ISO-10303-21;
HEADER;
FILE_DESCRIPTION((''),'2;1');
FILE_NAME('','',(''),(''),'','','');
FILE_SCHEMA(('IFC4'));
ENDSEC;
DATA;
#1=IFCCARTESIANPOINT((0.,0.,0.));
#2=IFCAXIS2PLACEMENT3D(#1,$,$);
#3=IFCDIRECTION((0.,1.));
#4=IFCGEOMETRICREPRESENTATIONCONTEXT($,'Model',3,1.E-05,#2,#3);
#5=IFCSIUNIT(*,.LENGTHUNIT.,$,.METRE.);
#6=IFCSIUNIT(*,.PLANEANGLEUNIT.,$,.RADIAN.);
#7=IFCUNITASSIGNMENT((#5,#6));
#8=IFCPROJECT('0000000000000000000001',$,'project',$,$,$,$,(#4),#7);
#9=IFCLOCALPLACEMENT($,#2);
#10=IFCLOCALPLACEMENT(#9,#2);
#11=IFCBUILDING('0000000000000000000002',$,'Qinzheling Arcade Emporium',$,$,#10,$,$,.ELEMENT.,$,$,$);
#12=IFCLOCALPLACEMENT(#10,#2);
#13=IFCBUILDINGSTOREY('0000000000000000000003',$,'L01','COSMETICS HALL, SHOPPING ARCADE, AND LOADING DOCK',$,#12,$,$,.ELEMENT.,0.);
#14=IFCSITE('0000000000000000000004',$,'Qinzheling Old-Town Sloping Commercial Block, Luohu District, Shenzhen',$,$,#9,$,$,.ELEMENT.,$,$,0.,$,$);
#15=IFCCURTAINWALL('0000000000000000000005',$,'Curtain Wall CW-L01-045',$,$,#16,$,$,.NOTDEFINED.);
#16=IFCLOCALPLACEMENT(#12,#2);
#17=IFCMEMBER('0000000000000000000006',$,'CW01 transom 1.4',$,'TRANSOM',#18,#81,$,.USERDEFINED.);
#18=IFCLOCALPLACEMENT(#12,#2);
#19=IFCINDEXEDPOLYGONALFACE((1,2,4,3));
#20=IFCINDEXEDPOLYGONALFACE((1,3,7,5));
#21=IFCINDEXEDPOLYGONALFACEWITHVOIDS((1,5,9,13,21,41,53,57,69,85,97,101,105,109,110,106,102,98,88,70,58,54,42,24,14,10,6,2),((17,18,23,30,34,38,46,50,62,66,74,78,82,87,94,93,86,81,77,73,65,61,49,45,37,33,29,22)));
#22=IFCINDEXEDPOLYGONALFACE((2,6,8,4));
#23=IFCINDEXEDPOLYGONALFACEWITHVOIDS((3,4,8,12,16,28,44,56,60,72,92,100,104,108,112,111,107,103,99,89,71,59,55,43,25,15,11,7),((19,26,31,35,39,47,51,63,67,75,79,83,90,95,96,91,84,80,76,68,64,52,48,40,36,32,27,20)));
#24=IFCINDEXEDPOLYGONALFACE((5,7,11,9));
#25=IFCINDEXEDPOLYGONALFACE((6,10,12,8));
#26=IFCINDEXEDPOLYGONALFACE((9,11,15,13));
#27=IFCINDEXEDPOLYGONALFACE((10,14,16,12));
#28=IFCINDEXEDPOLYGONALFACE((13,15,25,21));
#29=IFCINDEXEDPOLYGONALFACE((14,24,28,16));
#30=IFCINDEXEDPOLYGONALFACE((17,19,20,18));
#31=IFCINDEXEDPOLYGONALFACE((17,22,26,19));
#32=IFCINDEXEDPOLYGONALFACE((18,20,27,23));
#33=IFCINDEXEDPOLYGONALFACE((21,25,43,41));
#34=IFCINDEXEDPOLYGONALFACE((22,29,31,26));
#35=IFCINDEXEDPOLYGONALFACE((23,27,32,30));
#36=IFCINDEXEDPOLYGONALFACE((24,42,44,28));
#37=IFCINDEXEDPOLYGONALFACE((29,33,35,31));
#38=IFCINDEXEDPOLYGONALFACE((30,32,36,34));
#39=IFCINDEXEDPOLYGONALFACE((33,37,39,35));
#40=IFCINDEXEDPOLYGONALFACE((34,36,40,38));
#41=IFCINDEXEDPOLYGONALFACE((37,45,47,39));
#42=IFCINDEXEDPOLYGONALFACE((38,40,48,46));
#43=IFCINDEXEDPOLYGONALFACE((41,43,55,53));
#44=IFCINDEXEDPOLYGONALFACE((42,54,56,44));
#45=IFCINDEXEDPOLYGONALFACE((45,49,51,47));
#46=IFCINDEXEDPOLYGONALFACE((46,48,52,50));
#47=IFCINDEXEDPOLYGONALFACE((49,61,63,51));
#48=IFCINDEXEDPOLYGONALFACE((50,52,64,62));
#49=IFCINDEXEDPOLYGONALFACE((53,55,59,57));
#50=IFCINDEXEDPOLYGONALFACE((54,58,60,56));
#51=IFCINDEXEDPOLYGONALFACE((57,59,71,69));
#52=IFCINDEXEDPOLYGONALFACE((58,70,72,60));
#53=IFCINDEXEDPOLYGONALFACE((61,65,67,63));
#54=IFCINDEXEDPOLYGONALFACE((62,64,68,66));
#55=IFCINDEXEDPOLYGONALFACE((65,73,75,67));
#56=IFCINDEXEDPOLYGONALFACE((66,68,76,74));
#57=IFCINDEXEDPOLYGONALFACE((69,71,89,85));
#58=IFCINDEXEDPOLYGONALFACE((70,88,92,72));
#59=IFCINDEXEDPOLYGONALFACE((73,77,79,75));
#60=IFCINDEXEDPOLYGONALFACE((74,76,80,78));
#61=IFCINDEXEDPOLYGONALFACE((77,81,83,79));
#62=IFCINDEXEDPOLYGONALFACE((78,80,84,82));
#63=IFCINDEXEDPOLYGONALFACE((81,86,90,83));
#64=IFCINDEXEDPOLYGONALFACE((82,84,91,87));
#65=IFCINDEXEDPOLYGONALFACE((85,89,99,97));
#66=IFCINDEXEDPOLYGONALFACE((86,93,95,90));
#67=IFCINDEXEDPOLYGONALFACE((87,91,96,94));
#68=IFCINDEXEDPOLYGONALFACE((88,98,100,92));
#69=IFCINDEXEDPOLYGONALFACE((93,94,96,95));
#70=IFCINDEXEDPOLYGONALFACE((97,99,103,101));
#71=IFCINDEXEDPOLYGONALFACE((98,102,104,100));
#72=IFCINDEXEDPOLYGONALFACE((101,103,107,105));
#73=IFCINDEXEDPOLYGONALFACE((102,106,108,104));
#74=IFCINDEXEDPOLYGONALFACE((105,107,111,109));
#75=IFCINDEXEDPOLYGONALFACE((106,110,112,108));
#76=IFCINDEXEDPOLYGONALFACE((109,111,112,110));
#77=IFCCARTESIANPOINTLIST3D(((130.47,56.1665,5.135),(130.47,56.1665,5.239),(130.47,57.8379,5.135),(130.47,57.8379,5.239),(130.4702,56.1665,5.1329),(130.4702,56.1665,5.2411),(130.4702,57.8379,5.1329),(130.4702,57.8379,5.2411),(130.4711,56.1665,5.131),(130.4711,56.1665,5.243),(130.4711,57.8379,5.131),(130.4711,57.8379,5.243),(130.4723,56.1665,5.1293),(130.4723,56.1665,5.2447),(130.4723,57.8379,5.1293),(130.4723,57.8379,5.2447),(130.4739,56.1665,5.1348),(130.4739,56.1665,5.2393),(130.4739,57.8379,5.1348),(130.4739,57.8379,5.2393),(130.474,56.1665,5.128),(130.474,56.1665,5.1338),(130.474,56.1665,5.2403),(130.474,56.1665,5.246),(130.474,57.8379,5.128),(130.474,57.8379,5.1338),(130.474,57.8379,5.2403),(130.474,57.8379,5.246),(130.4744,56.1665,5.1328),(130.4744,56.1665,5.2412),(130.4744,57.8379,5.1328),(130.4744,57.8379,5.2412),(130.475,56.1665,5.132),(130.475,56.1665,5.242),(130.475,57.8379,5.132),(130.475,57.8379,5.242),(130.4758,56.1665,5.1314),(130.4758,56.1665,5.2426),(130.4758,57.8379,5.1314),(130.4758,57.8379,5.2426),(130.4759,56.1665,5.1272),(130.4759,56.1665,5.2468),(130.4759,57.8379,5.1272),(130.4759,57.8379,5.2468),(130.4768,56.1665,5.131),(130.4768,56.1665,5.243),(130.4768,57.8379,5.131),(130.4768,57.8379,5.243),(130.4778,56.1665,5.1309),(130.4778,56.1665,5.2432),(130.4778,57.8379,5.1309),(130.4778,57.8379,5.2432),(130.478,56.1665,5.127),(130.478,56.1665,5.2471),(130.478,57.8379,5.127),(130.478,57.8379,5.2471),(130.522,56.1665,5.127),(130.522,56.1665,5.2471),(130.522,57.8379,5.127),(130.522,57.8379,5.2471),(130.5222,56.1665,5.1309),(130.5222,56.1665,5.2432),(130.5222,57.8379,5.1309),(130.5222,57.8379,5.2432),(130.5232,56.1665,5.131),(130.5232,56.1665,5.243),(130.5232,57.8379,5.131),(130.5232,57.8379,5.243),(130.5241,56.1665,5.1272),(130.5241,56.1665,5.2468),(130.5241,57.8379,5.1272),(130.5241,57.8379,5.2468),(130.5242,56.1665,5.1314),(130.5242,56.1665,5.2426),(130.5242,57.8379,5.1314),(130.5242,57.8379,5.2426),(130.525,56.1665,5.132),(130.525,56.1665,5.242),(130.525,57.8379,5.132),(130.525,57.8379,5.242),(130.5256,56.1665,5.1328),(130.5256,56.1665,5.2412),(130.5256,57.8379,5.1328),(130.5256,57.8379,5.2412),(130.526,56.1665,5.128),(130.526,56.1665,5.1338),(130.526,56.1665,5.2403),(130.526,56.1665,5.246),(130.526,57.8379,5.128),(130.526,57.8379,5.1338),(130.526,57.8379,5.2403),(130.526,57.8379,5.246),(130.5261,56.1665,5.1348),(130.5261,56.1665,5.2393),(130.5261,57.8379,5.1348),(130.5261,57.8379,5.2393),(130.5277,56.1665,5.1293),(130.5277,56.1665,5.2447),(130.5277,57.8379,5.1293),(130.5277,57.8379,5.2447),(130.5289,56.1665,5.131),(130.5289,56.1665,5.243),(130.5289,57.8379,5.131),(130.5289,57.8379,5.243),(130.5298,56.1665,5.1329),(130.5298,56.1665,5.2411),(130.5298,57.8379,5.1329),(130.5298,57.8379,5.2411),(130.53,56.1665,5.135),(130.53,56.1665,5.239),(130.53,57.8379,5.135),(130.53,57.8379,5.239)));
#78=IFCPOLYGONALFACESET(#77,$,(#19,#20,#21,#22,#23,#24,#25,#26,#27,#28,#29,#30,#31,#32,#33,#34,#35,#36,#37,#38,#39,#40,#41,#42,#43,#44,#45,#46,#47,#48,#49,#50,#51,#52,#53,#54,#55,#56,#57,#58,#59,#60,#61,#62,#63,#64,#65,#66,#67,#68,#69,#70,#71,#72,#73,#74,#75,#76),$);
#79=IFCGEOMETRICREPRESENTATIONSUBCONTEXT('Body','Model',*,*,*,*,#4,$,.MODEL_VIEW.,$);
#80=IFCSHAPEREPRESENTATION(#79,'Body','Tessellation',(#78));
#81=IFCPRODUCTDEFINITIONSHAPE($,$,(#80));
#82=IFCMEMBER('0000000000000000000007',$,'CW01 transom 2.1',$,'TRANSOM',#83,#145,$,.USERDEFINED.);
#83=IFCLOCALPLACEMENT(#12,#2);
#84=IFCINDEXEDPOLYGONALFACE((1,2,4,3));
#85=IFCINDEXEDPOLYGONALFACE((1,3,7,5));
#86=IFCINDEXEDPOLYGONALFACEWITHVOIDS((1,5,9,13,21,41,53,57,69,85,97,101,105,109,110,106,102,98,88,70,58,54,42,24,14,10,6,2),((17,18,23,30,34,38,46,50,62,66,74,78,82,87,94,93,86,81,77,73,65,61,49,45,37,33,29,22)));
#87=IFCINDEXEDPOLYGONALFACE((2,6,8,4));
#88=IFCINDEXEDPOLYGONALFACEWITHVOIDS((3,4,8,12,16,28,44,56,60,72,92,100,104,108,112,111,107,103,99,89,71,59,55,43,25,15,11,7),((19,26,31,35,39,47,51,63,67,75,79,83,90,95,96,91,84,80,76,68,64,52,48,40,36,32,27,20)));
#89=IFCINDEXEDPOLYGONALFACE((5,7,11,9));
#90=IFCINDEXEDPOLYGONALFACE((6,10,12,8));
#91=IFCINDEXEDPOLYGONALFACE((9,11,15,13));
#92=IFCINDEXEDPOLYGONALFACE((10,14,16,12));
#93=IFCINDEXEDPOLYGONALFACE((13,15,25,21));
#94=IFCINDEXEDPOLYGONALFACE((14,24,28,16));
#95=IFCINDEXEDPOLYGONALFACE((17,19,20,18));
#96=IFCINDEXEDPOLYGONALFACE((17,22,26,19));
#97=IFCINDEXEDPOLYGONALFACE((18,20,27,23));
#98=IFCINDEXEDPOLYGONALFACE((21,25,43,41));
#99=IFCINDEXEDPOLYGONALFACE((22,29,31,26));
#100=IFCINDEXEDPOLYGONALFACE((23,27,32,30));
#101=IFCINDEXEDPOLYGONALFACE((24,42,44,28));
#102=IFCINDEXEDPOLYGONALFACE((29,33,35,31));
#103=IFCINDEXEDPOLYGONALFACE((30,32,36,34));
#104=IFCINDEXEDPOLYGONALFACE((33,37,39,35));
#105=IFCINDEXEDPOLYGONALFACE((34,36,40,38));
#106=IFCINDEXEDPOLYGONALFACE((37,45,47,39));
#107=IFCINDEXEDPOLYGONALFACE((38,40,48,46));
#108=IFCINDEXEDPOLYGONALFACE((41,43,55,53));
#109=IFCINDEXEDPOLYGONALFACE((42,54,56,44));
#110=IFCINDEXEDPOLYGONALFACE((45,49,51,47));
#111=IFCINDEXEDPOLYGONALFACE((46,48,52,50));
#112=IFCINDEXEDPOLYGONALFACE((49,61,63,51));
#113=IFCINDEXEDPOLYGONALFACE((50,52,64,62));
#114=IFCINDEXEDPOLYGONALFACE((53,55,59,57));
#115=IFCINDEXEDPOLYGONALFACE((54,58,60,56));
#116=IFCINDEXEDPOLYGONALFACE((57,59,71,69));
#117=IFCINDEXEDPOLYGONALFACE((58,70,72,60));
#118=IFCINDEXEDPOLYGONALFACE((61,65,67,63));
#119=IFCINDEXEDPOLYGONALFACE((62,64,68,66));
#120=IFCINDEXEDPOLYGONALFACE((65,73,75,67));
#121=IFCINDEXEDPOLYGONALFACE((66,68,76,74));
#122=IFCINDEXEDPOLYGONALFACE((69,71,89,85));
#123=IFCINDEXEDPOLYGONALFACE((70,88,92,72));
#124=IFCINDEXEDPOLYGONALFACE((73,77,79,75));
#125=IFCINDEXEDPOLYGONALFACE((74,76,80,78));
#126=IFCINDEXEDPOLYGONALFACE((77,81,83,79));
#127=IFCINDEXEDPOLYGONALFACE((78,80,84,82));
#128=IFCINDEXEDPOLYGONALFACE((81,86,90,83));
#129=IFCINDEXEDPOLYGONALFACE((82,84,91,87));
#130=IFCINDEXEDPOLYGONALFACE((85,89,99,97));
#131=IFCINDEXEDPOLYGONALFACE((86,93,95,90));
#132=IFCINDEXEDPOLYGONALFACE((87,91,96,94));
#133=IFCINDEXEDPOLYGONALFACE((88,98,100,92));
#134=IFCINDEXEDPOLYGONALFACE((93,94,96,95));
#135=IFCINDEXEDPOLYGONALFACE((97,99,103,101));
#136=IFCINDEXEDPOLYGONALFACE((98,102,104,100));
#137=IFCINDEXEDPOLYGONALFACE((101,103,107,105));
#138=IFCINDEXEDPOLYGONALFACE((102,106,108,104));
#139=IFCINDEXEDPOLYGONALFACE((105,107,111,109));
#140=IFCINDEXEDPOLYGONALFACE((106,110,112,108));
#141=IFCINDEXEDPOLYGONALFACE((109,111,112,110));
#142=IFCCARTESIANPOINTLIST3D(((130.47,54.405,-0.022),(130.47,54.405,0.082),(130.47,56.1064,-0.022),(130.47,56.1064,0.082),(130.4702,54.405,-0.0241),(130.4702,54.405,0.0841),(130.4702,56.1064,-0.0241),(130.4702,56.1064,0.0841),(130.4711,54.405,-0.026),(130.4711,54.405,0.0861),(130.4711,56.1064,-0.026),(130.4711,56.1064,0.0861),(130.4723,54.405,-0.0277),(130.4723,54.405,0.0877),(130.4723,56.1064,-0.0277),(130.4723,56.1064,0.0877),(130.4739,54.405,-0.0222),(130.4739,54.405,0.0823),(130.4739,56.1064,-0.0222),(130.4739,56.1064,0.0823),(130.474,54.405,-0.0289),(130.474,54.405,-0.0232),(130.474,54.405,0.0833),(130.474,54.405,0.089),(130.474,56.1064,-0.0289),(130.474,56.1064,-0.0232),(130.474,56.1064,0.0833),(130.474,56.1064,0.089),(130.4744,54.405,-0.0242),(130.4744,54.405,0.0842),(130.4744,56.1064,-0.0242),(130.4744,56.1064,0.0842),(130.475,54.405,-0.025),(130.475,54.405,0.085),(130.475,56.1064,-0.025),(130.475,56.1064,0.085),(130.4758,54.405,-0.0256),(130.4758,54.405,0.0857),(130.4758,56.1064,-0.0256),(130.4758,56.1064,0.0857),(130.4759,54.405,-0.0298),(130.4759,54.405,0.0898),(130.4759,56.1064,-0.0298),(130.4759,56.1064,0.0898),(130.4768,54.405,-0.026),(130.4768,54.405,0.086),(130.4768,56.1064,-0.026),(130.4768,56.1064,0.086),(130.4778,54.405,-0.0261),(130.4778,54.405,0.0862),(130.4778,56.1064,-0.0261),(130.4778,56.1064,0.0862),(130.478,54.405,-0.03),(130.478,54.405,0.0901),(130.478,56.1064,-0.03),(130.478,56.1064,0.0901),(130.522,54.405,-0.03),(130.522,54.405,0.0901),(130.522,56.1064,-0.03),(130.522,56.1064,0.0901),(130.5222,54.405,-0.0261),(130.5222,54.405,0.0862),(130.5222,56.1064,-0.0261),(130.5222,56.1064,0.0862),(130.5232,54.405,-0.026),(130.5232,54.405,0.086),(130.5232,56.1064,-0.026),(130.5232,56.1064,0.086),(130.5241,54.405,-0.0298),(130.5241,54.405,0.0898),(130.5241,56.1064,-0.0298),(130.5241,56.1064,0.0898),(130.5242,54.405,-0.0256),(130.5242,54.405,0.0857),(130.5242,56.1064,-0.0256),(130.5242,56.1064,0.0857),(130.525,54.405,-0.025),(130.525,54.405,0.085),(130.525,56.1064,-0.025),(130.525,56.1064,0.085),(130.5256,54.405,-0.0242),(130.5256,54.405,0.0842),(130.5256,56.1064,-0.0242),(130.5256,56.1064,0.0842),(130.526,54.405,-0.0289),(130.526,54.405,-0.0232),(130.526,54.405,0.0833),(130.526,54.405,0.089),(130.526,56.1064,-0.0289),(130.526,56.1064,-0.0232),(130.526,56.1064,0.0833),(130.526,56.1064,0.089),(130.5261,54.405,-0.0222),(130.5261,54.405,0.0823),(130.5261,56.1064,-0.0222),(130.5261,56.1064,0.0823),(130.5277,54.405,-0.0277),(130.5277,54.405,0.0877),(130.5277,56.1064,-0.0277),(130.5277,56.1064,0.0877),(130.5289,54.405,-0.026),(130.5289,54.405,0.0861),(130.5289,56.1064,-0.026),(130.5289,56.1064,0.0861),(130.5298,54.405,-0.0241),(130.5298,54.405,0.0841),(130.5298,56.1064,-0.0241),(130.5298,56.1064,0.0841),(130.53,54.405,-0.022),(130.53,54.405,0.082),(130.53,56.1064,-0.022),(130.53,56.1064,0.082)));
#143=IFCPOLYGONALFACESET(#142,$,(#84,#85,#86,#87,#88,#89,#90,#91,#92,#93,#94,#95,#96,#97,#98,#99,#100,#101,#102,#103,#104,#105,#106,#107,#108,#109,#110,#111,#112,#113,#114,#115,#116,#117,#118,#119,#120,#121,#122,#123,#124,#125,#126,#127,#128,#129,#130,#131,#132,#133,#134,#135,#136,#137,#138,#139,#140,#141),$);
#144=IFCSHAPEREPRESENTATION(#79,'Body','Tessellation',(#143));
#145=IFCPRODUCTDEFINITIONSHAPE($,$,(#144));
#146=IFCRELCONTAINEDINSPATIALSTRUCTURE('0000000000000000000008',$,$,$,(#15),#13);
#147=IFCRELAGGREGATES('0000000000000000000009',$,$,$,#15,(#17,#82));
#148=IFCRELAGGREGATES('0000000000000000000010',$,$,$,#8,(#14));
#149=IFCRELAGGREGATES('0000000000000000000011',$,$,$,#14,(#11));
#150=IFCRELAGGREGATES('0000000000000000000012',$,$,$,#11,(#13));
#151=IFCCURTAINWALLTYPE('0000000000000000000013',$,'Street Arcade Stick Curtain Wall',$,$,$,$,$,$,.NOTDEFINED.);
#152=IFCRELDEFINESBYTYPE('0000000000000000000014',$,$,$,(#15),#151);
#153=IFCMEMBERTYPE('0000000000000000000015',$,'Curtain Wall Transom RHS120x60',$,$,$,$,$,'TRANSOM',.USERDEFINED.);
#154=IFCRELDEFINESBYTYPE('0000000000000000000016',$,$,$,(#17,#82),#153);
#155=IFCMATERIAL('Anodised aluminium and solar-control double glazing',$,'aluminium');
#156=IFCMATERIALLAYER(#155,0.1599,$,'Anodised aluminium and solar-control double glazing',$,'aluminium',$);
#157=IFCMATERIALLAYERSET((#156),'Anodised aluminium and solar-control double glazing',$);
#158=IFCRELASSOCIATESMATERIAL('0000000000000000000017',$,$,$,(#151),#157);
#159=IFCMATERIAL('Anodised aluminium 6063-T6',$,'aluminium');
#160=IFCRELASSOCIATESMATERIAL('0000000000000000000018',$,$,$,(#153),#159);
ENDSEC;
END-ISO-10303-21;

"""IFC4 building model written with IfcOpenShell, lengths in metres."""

from ifc_helpers import new_model, si_unit, direction, frame, origin, origin_2d, place, context, subcontext, project, spatial, hollow_rectangle, extrude, material, layer, layer_set, material_profile, profile_set, type_object, element, aggregate, save


model = new_model("IFC4")

# Units and contexts
model_context = context("Model", 3, precision=1e-05, world=origin(), true_north=direction((0.0, 1.0)))
body_context = subcontext(model_context, "Body", "Model", "MODEL_VIEW")
ifc_project = project(units=[si_unit("LENGTHUNIT", "METRE"), si_unit("PLANEANGLEUNIT", "RADIAN")], contexts=[model_context])

# Site, building, storey
site_placement = place(None, origin())
site = spatial("IfcSite", under=ifc_project, at=site_placement, Name="Qinzheling Old-Town Sloping Commercial Block, Luohu District, Shenzhen", CompositionType="ELEMENT", RefElevation=0.0)
building_placement = place(site_placement, origin())
building = spatial("IfcBuilding", under=site, at=building_placement, Name="Qinzheling Arcade Emporium", CompositionType="ELEMENT")
storey_placement = place(building_placement, origin())
storey = spatial("IfcBuildingStorey", under=building, at=storey_placement, Name="L01", Description="COSMETICS HALL, SHOPPING ARCADE, AND LOADING DOCK", CompositionType="ELEMENT", Elevation=0.0)

# Shared definitions
ifc_material_1 = material(Name="Anodised aluminium and solar-control double glazing", Category="aluminium")
ifc_layer_1 = layer(ifc_material_1, 0.1599, Name="Anodised aluminium and solar-control double glazing", Category="aluminium")
ifc_layer_set_1 = layer_set([ifc_layer_1], Name="Anodised aluminium and solar-control double glazing")
curtain_wall_type = type_object("IfcCurtainWallType", Name="Street Arcade Stick Curtain Wall", PredefinedType="NOTDEFINED", material=ifc_layer_set_1)
ifc_material_2 = material(Name="Anodised aluminium 6063-T6", Category="aluminium")

# Curtain wall, members
curtain_wall_1_placement = place(storey_placement, origin())
curtain_wall_1 = element("IfcCurtainWall", 1, at=curtain_wall_1_placement, inside=storey, type_object=curtain_wall_type, Name="Curtain Wall CW-L01-045", PredefinedType="NOTDEFINED")
ifc_material_profile_1 = material_profile(ifc_material_2, hollow_rectangle(XDim=0.0601, YDim=0.1201, WallThickness=0.0039, InnerFilletRadius=0.0039, OuterFilletRadius=0.0081, at=origin_2d()), Name="RHS 120x60x4", Category="aluminium")
ifc_profile_set_1 = profile_set([ifc_material_profile_1], Name="Anodised aluminium 6063-T6")
member_type_1 = type_object("IfcMemberType", Name="Curtain Wall Transom RHS120x60", ElementType="TRANSOM", PredefinedType="USERDEFINED", material=ifc_profile_set_1)
member_1_placement = place(storey_placement, frame((130.5, 57.8379, 5.187), z_axis=(0.0, -1.0, 0.0), x_axis=(1.0, 0.0, 0.0)))
member_1 = element("IfcMember", 2, at=member_1_placement, type_object=member_type_1, Name="CW01 transom 1.4", ObjectType="TRANSOM", PredefinedType="USERDEFINED", context=body_context, shape_type="SweptSolid", body=[
    extrude(hollow_rectangle(XDim=0.0601, YDim=0.1201, WallThickness=0.0039, InnerFilletRadius=0.0039, OuterFilletRadius=0.0081, at=origin_2d()), origin(), (0.0, 0.0, 1.0), 1.6714),
])
member_2_placement = place(storey_placement, frame((130.5, 56.1064, 0.03), z_axis=(0.0, -1.0, 0.0), x_axis=(1.0, 0.0, 0.0)))
member_2 = element("IfcMember", 3, at=member_2_placement, type_object=member_type_1, Name="CW01 transom 2.1", ObjectType="TRANSOM", PredefinedType="USERDEFINED", context=body_context, shape_type="SweptSolid", body=[
    extrude(hollow_rectangle(XDim=0.0601, YDim=0.1201, WallThickness=0.0039, InnerFilletRadius=0.0039, OuterFilletRadius=0.0081, at=origin_2d()), origin(), (0.0, 0.0, 1.0), 1.7014),
])

aggregate(curtain_wall_1, [member_1, member_2])

save(model, "model.ifc")
